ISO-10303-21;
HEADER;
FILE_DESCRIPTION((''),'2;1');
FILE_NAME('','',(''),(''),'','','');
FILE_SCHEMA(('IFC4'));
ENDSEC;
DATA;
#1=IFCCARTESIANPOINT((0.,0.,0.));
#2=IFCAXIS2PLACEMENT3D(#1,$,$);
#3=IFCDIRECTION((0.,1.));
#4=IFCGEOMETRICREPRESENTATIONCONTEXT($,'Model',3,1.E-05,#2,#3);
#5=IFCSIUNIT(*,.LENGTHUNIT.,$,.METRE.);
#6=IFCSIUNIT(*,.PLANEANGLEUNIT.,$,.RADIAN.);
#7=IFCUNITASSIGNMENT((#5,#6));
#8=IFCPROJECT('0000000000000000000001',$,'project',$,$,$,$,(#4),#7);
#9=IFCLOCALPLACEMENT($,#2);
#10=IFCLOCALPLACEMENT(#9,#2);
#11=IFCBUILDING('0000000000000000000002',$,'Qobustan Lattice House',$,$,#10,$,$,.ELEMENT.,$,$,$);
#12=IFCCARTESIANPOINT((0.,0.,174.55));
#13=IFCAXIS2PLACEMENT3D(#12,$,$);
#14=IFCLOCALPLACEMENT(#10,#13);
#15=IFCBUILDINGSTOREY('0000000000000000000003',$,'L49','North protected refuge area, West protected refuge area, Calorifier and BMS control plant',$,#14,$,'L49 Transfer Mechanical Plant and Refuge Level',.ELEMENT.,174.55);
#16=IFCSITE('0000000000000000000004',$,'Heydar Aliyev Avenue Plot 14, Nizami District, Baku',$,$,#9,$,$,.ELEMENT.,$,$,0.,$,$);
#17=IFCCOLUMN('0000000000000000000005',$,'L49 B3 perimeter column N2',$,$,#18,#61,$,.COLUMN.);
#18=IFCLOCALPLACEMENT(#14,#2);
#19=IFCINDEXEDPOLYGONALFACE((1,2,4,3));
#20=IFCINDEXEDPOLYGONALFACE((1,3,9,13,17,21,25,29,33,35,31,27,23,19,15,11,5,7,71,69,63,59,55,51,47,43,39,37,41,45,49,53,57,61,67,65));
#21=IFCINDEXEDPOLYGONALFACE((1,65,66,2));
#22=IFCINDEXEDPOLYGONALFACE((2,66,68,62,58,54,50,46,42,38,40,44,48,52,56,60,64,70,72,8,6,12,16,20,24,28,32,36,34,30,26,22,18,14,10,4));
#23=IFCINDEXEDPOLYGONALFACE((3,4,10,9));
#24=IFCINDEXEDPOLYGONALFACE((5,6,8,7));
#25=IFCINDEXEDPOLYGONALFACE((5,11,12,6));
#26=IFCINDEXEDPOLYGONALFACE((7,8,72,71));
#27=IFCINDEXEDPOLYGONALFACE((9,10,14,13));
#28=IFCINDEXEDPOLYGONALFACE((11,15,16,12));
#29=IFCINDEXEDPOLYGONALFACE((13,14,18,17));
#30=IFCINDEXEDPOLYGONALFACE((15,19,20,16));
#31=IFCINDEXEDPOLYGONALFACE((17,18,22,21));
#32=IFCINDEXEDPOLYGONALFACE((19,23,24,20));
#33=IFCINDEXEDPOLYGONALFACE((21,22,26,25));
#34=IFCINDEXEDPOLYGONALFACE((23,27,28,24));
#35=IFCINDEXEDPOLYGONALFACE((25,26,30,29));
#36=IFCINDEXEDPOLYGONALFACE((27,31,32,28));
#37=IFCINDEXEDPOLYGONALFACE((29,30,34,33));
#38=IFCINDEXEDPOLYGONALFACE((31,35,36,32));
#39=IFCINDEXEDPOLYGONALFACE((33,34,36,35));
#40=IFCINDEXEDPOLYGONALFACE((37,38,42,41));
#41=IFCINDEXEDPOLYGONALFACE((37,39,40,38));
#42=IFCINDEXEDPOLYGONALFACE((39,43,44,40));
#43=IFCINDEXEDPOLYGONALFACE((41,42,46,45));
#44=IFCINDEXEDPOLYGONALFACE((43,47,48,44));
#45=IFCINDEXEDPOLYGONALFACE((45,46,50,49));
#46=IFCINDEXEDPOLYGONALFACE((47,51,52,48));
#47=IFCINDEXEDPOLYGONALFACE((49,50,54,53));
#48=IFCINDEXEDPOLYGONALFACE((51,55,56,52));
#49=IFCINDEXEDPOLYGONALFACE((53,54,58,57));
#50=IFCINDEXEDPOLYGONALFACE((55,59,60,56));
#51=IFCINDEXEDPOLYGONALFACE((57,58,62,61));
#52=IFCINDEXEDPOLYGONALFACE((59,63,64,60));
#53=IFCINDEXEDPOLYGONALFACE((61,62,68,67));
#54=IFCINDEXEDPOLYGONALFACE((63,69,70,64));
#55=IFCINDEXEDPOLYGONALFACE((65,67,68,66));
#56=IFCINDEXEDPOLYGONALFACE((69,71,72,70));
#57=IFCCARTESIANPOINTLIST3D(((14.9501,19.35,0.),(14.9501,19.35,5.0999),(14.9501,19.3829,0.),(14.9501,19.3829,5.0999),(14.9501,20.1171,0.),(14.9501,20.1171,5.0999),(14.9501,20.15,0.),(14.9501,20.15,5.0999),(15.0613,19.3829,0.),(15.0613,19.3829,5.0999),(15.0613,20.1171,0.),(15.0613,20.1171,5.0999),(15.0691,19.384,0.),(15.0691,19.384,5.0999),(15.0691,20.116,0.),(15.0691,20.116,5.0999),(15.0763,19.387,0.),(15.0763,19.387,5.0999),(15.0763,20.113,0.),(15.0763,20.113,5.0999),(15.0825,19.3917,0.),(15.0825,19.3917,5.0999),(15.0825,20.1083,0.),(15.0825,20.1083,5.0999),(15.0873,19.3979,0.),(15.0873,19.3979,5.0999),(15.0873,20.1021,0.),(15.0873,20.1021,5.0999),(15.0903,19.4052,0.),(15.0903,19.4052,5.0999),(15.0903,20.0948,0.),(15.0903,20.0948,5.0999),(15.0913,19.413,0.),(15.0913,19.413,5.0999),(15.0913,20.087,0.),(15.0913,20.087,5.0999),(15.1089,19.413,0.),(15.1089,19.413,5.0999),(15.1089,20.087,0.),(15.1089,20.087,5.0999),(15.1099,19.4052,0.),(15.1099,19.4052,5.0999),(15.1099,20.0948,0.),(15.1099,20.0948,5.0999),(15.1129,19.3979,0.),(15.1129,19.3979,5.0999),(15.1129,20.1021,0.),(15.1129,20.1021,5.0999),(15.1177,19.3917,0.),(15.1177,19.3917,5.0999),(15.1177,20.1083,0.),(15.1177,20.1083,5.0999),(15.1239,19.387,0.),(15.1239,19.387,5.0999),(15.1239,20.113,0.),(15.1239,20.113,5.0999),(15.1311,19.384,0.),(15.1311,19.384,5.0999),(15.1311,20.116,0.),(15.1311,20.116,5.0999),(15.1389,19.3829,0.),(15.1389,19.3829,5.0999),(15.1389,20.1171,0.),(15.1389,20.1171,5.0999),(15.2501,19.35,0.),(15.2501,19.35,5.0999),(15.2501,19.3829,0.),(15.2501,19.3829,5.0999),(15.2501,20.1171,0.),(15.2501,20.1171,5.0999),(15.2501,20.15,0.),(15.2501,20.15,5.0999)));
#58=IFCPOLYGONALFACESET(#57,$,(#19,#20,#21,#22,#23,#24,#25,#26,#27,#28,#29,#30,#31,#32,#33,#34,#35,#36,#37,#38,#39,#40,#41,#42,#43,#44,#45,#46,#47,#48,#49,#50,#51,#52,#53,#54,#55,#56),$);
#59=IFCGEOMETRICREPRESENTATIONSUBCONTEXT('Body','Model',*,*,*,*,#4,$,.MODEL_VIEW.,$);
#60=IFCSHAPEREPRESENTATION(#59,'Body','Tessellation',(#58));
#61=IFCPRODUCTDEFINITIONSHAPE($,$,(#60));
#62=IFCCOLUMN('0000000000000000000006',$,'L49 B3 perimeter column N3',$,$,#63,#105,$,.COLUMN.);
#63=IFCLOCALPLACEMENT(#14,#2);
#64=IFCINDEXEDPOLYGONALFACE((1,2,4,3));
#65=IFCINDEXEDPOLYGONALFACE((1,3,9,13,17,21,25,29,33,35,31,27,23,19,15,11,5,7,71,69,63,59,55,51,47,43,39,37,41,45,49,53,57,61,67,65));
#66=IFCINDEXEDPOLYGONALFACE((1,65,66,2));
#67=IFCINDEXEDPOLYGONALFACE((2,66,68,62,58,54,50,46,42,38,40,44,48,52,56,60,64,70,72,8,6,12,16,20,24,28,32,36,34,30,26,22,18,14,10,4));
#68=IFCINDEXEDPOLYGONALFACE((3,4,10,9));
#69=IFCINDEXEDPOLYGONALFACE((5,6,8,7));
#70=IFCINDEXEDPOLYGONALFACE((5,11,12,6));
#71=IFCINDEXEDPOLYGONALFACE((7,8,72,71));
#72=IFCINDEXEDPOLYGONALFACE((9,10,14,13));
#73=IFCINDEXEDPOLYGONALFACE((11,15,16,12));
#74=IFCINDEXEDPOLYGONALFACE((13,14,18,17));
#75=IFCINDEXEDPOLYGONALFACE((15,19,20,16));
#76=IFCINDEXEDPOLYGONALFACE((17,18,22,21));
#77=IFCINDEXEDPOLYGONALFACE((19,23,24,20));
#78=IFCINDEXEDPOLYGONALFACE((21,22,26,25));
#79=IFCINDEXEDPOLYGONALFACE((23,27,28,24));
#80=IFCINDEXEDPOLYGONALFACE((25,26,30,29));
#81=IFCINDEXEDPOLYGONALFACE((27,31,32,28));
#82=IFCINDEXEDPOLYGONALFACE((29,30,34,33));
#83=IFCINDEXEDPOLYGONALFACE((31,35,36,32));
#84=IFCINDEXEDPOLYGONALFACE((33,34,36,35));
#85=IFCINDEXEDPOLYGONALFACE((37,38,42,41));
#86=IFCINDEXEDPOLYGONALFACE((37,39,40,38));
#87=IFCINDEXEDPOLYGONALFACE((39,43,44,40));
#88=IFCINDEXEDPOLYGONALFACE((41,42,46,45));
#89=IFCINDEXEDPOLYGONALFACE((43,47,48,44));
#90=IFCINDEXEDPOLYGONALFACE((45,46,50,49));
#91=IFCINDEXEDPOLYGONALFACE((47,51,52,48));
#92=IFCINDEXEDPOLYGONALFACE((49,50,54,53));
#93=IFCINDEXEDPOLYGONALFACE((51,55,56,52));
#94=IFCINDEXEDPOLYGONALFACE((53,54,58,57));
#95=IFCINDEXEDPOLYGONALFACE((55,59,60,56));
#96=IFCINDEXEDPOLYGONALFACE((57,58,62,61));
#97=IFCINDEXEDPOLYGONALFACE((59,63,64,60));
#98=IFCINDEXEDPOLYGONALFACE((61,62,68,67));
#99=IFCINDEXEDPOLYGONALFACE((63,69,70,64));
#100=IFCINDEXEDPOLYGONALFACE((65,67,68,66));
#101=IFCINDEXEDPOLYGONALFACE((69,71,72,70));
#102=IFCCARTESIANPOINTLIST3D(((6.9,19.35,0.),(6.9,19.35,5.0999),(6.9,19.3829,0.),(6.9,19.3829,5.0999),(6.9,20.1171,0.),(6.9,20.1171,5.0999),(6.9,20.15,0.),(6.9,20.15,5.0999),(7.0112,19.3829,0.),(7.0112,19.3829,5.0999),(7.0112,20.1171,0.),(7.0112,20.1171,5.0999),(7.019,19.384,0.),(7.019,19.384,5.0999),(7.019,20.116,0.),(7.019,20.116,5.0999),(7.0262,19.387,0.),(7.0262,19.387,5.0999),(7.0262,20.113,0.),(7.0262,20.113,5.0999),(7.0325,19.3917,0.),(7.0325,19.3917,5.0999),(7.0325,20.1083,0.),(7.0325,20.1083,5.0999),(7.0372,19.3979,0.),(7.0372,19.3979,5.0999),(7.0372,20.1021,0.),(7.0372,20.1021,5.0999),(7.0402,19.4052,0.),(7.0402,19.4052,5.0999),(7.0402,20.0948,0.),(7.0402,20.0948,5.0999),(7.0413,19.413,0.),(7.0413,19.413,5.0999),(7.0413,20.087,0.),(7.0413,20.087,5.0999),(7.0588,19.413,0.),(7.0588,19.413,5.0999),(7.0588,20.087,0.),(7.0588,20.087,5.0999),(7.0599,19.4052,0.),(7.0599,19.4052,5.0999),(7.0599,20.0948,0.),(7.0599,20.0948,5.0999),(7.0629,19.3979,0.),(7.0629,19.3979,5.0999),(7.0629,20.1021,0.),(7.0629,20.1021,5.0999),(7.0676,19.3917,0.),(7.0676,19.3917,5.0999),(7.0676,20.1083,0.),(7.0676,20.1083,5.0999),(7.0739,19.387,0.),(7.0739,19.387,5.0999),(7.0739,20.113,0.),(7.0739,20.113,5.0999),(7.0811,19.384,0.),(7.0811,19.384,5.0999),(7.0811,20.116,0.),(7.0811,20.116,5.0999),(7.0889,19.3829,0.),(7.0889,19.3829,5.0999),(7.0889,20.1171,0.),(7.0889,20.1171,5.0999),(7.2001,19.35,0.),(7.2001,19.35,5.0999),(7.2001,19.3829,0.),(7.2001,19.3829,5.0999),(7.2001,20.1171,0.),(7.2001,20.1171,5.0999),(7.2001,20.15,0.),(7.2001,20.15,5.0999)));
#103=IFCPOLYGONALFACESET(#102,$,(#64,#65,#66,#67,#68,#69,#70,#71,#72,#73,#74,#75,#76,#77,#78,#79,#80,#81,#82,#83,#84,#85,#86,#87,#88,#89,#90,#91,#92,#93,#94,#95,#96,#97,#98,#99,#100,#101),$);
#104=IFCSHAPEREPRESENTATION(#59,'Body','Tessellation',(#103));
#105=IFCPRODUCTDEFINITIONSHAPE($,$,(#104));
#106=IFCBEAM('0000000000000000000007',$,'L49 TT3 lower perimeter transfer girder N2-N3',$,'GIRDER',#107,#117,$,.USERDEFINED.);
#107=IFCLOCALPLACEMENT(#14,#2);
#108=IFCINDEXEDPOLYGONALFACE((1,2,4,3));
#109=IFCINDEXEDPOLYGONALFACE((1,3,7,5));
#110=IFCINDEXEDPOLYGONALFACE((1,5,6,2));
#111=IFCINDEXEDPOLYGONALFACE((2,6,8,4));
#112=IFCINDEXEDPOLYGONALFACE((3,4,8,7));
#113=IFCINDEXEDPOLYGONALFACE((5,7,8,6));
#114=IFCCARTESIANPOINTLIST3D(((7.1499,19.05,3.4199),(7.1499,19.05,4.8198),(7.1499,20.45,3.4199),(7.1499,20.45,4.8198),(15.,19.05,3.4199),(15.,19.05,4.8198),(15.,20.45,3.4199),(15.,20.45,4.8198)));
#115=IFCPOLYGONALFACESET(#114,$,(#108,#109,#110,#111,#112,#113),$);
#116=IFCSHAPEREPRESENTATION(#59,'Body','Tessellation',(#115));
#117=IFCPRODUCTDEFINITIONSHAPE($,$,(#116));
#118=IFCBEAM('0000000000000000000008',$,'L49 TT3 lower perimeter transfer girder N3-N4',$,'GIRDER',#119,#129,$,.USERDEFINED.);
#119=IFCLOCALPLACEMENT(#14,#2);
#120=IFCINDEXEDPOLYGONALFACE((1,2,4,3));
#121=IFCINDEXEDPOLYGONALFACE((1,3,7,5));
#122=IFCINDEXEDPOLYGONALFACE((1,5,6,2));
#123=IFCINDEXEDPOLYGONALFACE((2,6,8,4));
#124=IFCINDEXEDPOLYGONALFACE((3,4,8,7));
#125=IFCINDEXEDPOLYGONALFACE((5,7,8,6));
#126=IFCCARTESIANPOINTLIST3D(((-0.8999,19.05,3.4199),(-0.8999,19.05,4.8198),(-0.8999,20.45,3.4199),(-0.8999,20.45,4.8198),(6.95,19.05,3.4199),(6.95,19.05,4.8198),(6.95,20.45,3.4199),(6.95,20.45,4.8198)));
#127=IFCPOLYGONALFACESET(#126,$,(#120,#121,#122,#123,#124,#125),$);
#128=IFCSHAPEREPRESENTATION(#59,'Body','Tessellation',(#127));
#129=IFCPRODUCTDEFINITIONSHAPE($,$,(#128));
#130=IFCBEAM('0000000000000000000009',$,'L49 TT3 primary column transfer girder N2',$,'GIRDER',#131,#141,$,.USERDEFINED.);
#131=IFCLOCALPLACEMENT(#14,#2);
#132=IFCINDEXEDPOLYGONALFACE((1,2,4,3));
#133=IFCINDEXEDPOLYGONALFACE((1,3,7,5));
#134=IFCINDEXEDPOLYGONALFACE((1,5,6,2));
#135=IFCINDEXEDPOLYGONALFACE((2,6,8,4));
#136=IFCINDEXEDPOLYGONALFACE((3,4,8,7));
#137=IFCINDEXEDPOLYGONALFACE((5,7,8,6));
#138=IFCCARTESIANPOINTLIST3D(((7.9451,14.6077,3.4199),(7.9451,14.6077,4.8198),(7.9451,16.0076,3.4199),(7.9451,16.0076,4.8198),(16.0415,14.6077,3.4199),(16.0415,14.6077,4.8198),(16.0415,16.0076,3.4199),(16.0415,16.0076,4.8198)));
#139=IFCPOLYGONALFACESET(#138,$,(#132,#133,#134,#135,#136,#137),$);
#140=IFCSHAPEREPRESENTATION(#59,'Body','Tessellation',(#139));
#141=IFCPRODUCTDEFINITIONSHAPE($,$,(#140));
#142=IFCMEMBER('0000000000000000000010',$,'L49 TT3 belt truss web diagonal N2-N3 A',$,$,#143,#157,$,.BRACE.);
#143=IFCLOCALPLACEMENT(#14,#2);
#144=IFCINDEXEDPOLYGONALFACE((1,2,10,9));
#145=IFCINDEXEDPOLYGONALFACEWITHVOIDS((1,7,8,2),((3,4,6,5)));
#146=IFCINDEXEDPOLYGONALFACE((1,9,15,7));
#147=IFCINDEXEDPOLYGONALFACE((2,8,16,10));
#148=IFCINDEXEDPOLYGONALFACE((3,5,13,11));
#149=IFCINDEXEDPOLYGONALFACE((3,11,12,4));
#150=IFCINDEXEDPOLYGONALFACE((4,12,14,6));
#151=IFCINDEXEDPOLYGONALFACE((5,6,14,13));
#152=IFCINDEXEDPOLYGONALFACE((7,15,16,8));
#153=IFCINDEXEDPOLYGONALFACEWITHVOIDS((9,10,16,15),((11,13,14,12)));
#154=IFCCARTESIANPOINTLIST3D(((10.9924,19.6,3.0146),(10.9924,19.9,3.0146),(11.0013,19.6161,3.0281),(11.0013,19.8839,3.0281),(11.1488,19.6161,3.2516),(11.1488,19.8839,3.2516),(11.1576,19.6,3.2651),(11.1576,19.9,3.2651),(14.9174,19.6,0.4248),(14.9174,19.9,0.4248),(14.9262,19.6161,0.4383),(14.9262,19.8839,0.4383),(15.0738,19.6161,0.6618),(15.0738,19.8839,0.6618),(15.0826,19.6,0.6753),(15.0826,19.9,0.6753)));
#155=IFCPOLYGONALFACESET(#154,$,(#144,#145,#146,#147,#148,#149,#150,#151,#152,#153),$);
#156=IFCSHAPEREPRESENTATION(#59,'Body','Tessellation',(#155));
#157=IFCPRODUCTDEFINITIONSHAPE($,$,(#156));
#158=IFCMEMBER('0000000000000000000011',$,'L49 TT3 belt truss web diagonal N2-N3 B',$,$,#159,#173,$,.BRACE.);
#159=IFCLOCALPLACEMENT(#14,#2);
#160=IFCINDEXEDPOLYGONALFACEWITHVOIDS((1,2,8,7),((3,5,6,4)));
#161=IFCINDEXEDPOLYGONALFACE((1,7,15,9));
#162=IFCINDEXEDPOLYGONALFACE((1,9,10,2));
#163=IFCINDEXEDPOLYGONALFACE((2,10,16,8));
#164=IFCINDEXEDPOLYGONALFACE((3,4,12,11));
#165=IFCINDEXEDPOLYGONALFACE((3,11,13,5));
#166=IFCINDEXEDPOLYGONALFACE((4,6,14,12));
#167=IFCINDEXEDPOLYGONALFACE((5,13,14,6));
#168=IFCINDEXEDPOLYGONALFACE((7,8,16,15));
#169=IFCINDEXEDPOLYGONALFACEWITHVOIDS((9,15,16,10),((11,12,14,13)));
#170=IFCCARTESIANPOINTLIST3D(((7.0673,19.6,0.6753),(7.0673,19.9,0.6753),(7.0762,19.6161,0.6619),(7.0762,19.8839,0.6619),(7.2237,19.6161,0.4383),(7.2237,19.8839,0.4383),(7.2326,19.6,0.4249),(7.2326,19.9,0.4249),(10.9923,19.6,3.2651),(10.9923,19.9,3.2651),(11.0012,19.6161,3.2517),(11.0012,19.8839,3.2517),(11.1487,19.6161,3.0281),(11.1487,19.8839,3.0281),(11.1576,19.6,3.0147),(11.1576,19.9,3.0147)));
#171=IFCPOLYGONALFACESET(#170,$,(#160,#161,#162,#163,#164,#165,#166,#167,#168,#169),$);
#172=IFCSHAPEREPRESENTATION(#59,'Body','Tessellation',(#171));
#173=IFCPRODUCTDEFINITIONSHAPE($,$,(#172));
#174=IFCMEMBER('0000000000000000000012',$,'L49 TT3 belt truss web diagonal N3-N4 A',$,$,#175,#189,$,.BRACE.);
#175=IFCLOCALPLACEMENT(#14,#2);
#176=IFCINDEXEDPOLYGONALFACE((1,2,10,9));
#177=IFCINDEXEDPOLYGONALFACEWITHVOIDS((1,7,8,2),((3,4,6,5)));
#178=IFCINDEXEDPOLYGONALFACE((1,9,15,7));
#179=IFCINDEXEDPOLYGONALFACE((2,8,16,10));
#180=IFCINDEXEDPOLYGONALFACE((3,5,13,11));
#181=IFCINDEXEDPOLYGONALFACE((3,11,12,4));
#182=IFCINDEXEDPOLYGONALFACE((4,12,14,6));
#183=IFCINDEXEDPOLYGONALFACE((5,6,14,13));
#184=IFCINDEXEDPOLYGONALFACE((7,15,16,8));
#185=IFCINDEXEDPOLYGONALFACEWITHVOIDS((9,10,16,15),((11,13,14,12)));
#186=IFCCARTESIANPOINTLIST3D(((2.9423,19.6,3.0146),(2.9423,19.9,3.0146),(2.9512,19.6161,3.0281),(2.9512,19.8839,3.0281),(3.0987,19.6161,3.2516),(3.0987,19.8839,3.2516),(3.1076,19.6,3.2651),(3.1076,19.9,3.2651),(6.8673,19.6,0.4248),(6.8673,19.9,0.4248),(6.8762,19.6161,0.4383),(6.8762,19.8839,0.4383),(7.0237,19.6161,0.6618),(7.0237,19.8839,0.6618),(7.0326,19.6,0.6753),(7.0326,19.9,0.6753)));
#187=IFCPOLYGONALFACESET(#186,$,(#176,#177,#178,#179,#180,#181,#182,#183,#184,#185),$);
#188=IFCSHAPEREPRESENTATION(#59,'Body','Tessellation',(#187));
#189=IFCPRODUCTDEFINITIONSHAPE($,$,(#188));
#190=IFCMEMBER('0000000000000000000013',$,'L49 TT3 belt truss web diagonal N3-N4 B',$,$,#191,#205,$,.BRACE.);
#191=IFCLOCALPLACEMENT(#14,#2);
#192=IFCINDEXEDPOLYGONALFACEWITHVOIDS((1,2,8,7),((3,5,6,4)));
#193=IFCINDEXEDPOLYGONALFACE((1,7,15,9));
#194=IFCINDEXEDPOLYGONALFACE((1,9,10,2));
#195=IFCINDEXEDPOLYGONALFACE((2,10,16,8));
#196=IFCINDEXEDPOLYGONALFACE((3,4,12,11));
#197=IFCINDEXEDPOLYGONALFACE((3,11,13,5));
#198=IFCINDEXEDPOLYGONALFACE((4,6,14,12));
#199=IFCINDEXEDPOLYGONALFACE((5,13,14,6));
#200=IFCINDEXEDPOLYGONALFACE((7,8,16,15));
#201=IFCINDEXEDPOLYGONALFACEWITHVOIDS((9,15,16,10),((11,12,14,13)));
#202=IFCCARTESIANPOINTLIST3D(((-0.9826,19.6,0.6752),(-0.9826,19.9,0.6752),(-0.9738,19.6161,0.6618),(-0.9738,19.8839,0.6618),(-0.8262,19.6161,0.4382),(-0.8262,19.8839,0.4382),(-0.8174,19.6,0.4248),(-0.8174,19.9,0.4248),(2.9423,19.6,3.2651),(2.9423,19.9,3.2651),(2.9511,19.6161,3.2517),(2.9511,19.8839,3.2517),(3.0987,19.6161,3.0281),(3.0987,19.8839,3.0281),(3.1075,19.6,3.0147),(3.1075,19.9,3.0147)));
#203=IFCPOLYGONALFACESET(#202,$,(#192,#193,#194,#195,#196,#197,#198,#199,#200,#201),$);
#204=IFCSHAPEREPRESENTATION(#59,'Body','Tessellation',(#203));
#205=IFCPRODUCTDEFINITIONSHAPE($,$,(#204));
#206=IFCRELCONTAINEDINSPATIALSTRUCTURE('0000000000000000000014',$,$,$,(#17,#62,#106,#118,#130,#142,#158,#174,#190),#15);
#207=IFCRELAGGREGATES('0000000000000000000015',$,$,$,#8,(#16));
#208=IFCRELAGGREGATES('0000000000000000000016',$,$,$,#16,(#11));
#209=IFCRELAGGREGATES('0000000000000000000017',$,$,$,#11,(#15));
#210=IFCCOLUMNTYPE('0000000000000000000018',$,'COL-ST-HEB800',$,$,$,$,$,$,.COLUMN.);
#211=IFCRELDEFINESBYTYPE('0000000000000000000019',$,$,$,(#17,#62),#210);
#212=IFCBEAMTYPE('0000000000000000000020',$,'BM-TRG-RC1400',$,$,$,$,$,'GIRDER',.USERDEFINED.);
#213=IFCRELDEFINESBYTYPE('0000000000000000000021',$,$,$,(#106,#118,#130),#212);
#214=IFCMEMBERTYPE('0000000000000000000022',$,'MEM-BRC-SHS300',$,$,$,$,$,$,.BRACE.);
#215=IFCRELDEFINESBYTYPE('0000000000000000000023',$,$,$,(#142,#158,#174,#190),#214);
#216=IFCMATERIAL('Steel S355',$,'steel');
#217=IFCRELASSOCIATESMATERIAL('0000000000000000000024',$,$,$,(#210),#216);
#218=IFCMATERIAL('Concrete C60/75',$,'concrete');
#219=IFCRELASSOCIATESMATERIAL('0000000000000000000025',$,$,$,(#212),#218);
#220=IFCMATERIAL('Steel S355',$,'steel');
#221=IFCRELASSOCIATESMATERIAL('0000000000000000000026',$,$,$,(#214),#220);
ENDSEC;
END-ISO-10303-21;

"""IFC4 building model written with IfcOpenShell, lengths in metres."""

from ifc_helpers import new_model, si_unit, direction, frame, origin, origin_2d, place, context, subcontext, project, spatial, rectangle, hollow_rectangle, i_section, extrude, material, material_profile, profile_set, type_object, element, save


model = new_model("IFC4")

# Units and contexts
model_context = context("Model", 3, precision=1e-05, world=origin(), true_north=direction((0.0, 1.0)))
body_context = subcontext(model_context, "Body", "Model", "MODEL_VIEW")
ifc_project = project(units=[si_unit("LENGTHUNIT", "METRE"), si_unit("PLANEANGLEUNIT", "RADIAN")], contexts=[model_context])

# Site, building, storey
site_placement = place(None, origin())
site = spatial("IfcSite", under=ifc_project, at=site_placement, Name="Heydar Aliyev Avenue Plot 14, Nizami District, Baku", CompositionType="ELEMENT", RefElevation=0.0)
building_placement = place(site_placement, origin())
building = spatial("IfcBuilding", under=site, at=building_placement, Name="Qobustan Lattice House", CompositionType="ELEMENT")
storey_placement = place(building_placement, frame((0.0, 0.0, 174.55)))
storey = spatial("IfcBuildingStorey", under=building, at=storey_placement, Name="L49", Description="North protected refuge area, West protected refuge area, Calorifier and BMS control plant", LongName="L49 Transfer Mechanical Plant and Refuge Level", CompositionType="ELEMENT", Elevation=174.55)

# Columns
ifc_material_1 = material(Name="Steel S355", Category="steel")
ifc_material_profile_1 = material_profile(ifc_material_1, i_section(OverallWidth=0.3, OverallDepth=0.8, WebThickness=0.0176, FlangeThickness=0.033, FilletRadius=0.03, at=origin_2d()), Name="HEB800")
ifc_profile_set_1 = profile_set([ifc_material_profile_1], Name="Steel S355")
column_type = type_object("IfcColumnType", Name="COL-ST-HEB800", PredefinedType="COLUMN", material=ifc_profile_set_1)
for number, where, z_axis, x_axis, name in (
    (1, (15.1001, 19.75, 0.0), (0.0, 0.0, 1.0), (1.0, 0.0, 0.0), "L49 B3 perimeter column N2"),
    (2, (7.05, 19.75, 0.0), (0.0, 0.0, 1.0), (1.0, 0.0, 0.0), "L49 B3 perimeter column N3"),
):
    element("IfcColumn", number, at=place(storey_placement, frame(where, z_axis=z_axis, x_axis=x_axis)), inside=storey, type_object=column_type, Name=name, PredefinedType="COLUMN", context=body_context, shape_type="SweptSolid", body=[
        extrude(i_section(OverallWidth=0.3, OverallDepth=0.8, WebThickness=0.0176, FlangeThickness=0.033, FilletRadius=0.03, at=origin_2d()), origin(), (0.0, 0.0, 1.0), 5.0999),
    ])

# Beams
ifc_material_2 = material(Name="Concrete C60/75", Category="concrete")
ifc_material_profile_2 = material_profile(ifc_material_2, rectangle(XDim=1.3999, YDim=1.3999, at=origin_2d()), Name="RC1400x1400")
ifc_profile_set_2 = profile_set([ifc_material_profile_2], Name="Concrete C60/75")
beam_type = type_object("IfcBeamType", Name="BM-TRG-RC1400", ElementType="GIRDER", PredefinedType="USERDEFINED", material=ifc_profile_set_2)
beam_1_placement = place(storey_placement, frame((15.0, 19.75, 4.1199), z_axis=(-1.0, 0.0, 0.0), x_axis=(0.0, -1.0, 0.0)))
element("IfcBeam", 3, at=beam_1_placement, inside=storey, type_object=beam_type, Name="L49 TT3 lower perimeter transfer girder N2-N3", ObjectType="GIRDER", PredefinedType="USERDEFINED", context=body_context, shape_type="SweptSolid", body=[
    extrude(rectangle(XDim=1.3999, YDim=1.3999, at=origin_2d()), origin(), (0.0, 0.0, 1.0), 7.8501),
])
beam_2_placement = place(storey_placement, frame((6.95, 19.75, 4.1199), z_axis=(-1.0, 0.0, 0.0), x_axis=(0.0, -1.0, 0.0)))
element("IfcBeam", 4, at=beam_2_placement, inside=storey, type_object=beam_type, Name="L49 TT3 lower perimeter transfer girder N3-N4", ObjectType="GIRDER", PredefinedType="USERDEFINED", context=body_context, shape_type="SweptSolid", body=[
    extrude(rectangle(XDim=1.3999, YDim=1.3999, at=origin_2d()), origin(), (0.0, 0.0, 1.0), 7.8499),
])
beam_3_placement = place(storey_placement, frame((7.9451, 15.3076, 4.1199), z_axis=(1.0, 0.0, 0.0), x_axis=(0.0, 1.0, 0.0)))
element("IfcBeam", 5, at=beam_3_placement, inside=storey, type_object=beam_type, Name="L49 TT3 primary column transfer girder N2", ObjectType="GIRDER", PredefinedType="USERDEFINED", context=body_context, shape_type="SweptSolid", body=[
    extrude(rectangle(XDim=1.3999, YDim=1.3999, at=origin_2d()), origin(), (0.0, 0.0, 1.0), 8.0964),
])

# Members
ifc_material_3 = material(Name="Steel S355", Category="steel")
ifc_material_profile_3 = material_profile(ifc_material_3, hollow_rectangle(XDim=0.3, YDim=0.3, WallThickness=0.0161, at=origin_2d()), Name="SHS300x300x16")
ifc_profile_set_3 = profile_set([ifc_material_profile_3], Name="Steel S355")
member_type_1 = type_object("IfcMemberType", Name="MEM-BRC-SHS300", PredefinedType="BRACE", material=ifc_profile_set_3)
for number, where, z_axis, x_axis, name in (
    (6, (15.0, 19.75, 0.55), (-0.834677, 0.0, 0.55074), (0.0, -1.0, 0.0), "L49 TT3 belt truss web diagonal N2-N3 A"),
    (7, (11.075, 19.75, 3.1399), (-0.834677, 0.0, -0.55074), (0.0, -1.0, 0.0), "L49 TT3 belt truss web diagonal N2-N3 B"),
    (8, (6.95, 19.75, 0.55), (-0.834677, 0.0, 0.55074), (0.0, -1.0, 0.0), "L49 TT3 belt truss web diagonal N3-N4 A"),
    (9, (3.0249, 19.75, 3.1399), (-0.834661, 0.0, -0.550764), (0.0, -1.0, 0.0), "L49 TT3 belt truss web diagonal N3-N4 B"),
):
    element("IfcMember", number, at=place(storey_placement, frame(where, z_axis=z_axis, x_axis=x_axis)), inside=storey, type_object=member_type_1, Name=name, PredefinedType="BRACE", context=body_context, shape_type="SweptSolid", body=[
        extrude(hollow_rectangle(XDim=0.3, YDim=0.3, WallThickness=0.0161, at=origin_2d()), origin(), (0.0, 0.0, 1.0), 4.7024),
    ])

save(model, "model.ifc")
